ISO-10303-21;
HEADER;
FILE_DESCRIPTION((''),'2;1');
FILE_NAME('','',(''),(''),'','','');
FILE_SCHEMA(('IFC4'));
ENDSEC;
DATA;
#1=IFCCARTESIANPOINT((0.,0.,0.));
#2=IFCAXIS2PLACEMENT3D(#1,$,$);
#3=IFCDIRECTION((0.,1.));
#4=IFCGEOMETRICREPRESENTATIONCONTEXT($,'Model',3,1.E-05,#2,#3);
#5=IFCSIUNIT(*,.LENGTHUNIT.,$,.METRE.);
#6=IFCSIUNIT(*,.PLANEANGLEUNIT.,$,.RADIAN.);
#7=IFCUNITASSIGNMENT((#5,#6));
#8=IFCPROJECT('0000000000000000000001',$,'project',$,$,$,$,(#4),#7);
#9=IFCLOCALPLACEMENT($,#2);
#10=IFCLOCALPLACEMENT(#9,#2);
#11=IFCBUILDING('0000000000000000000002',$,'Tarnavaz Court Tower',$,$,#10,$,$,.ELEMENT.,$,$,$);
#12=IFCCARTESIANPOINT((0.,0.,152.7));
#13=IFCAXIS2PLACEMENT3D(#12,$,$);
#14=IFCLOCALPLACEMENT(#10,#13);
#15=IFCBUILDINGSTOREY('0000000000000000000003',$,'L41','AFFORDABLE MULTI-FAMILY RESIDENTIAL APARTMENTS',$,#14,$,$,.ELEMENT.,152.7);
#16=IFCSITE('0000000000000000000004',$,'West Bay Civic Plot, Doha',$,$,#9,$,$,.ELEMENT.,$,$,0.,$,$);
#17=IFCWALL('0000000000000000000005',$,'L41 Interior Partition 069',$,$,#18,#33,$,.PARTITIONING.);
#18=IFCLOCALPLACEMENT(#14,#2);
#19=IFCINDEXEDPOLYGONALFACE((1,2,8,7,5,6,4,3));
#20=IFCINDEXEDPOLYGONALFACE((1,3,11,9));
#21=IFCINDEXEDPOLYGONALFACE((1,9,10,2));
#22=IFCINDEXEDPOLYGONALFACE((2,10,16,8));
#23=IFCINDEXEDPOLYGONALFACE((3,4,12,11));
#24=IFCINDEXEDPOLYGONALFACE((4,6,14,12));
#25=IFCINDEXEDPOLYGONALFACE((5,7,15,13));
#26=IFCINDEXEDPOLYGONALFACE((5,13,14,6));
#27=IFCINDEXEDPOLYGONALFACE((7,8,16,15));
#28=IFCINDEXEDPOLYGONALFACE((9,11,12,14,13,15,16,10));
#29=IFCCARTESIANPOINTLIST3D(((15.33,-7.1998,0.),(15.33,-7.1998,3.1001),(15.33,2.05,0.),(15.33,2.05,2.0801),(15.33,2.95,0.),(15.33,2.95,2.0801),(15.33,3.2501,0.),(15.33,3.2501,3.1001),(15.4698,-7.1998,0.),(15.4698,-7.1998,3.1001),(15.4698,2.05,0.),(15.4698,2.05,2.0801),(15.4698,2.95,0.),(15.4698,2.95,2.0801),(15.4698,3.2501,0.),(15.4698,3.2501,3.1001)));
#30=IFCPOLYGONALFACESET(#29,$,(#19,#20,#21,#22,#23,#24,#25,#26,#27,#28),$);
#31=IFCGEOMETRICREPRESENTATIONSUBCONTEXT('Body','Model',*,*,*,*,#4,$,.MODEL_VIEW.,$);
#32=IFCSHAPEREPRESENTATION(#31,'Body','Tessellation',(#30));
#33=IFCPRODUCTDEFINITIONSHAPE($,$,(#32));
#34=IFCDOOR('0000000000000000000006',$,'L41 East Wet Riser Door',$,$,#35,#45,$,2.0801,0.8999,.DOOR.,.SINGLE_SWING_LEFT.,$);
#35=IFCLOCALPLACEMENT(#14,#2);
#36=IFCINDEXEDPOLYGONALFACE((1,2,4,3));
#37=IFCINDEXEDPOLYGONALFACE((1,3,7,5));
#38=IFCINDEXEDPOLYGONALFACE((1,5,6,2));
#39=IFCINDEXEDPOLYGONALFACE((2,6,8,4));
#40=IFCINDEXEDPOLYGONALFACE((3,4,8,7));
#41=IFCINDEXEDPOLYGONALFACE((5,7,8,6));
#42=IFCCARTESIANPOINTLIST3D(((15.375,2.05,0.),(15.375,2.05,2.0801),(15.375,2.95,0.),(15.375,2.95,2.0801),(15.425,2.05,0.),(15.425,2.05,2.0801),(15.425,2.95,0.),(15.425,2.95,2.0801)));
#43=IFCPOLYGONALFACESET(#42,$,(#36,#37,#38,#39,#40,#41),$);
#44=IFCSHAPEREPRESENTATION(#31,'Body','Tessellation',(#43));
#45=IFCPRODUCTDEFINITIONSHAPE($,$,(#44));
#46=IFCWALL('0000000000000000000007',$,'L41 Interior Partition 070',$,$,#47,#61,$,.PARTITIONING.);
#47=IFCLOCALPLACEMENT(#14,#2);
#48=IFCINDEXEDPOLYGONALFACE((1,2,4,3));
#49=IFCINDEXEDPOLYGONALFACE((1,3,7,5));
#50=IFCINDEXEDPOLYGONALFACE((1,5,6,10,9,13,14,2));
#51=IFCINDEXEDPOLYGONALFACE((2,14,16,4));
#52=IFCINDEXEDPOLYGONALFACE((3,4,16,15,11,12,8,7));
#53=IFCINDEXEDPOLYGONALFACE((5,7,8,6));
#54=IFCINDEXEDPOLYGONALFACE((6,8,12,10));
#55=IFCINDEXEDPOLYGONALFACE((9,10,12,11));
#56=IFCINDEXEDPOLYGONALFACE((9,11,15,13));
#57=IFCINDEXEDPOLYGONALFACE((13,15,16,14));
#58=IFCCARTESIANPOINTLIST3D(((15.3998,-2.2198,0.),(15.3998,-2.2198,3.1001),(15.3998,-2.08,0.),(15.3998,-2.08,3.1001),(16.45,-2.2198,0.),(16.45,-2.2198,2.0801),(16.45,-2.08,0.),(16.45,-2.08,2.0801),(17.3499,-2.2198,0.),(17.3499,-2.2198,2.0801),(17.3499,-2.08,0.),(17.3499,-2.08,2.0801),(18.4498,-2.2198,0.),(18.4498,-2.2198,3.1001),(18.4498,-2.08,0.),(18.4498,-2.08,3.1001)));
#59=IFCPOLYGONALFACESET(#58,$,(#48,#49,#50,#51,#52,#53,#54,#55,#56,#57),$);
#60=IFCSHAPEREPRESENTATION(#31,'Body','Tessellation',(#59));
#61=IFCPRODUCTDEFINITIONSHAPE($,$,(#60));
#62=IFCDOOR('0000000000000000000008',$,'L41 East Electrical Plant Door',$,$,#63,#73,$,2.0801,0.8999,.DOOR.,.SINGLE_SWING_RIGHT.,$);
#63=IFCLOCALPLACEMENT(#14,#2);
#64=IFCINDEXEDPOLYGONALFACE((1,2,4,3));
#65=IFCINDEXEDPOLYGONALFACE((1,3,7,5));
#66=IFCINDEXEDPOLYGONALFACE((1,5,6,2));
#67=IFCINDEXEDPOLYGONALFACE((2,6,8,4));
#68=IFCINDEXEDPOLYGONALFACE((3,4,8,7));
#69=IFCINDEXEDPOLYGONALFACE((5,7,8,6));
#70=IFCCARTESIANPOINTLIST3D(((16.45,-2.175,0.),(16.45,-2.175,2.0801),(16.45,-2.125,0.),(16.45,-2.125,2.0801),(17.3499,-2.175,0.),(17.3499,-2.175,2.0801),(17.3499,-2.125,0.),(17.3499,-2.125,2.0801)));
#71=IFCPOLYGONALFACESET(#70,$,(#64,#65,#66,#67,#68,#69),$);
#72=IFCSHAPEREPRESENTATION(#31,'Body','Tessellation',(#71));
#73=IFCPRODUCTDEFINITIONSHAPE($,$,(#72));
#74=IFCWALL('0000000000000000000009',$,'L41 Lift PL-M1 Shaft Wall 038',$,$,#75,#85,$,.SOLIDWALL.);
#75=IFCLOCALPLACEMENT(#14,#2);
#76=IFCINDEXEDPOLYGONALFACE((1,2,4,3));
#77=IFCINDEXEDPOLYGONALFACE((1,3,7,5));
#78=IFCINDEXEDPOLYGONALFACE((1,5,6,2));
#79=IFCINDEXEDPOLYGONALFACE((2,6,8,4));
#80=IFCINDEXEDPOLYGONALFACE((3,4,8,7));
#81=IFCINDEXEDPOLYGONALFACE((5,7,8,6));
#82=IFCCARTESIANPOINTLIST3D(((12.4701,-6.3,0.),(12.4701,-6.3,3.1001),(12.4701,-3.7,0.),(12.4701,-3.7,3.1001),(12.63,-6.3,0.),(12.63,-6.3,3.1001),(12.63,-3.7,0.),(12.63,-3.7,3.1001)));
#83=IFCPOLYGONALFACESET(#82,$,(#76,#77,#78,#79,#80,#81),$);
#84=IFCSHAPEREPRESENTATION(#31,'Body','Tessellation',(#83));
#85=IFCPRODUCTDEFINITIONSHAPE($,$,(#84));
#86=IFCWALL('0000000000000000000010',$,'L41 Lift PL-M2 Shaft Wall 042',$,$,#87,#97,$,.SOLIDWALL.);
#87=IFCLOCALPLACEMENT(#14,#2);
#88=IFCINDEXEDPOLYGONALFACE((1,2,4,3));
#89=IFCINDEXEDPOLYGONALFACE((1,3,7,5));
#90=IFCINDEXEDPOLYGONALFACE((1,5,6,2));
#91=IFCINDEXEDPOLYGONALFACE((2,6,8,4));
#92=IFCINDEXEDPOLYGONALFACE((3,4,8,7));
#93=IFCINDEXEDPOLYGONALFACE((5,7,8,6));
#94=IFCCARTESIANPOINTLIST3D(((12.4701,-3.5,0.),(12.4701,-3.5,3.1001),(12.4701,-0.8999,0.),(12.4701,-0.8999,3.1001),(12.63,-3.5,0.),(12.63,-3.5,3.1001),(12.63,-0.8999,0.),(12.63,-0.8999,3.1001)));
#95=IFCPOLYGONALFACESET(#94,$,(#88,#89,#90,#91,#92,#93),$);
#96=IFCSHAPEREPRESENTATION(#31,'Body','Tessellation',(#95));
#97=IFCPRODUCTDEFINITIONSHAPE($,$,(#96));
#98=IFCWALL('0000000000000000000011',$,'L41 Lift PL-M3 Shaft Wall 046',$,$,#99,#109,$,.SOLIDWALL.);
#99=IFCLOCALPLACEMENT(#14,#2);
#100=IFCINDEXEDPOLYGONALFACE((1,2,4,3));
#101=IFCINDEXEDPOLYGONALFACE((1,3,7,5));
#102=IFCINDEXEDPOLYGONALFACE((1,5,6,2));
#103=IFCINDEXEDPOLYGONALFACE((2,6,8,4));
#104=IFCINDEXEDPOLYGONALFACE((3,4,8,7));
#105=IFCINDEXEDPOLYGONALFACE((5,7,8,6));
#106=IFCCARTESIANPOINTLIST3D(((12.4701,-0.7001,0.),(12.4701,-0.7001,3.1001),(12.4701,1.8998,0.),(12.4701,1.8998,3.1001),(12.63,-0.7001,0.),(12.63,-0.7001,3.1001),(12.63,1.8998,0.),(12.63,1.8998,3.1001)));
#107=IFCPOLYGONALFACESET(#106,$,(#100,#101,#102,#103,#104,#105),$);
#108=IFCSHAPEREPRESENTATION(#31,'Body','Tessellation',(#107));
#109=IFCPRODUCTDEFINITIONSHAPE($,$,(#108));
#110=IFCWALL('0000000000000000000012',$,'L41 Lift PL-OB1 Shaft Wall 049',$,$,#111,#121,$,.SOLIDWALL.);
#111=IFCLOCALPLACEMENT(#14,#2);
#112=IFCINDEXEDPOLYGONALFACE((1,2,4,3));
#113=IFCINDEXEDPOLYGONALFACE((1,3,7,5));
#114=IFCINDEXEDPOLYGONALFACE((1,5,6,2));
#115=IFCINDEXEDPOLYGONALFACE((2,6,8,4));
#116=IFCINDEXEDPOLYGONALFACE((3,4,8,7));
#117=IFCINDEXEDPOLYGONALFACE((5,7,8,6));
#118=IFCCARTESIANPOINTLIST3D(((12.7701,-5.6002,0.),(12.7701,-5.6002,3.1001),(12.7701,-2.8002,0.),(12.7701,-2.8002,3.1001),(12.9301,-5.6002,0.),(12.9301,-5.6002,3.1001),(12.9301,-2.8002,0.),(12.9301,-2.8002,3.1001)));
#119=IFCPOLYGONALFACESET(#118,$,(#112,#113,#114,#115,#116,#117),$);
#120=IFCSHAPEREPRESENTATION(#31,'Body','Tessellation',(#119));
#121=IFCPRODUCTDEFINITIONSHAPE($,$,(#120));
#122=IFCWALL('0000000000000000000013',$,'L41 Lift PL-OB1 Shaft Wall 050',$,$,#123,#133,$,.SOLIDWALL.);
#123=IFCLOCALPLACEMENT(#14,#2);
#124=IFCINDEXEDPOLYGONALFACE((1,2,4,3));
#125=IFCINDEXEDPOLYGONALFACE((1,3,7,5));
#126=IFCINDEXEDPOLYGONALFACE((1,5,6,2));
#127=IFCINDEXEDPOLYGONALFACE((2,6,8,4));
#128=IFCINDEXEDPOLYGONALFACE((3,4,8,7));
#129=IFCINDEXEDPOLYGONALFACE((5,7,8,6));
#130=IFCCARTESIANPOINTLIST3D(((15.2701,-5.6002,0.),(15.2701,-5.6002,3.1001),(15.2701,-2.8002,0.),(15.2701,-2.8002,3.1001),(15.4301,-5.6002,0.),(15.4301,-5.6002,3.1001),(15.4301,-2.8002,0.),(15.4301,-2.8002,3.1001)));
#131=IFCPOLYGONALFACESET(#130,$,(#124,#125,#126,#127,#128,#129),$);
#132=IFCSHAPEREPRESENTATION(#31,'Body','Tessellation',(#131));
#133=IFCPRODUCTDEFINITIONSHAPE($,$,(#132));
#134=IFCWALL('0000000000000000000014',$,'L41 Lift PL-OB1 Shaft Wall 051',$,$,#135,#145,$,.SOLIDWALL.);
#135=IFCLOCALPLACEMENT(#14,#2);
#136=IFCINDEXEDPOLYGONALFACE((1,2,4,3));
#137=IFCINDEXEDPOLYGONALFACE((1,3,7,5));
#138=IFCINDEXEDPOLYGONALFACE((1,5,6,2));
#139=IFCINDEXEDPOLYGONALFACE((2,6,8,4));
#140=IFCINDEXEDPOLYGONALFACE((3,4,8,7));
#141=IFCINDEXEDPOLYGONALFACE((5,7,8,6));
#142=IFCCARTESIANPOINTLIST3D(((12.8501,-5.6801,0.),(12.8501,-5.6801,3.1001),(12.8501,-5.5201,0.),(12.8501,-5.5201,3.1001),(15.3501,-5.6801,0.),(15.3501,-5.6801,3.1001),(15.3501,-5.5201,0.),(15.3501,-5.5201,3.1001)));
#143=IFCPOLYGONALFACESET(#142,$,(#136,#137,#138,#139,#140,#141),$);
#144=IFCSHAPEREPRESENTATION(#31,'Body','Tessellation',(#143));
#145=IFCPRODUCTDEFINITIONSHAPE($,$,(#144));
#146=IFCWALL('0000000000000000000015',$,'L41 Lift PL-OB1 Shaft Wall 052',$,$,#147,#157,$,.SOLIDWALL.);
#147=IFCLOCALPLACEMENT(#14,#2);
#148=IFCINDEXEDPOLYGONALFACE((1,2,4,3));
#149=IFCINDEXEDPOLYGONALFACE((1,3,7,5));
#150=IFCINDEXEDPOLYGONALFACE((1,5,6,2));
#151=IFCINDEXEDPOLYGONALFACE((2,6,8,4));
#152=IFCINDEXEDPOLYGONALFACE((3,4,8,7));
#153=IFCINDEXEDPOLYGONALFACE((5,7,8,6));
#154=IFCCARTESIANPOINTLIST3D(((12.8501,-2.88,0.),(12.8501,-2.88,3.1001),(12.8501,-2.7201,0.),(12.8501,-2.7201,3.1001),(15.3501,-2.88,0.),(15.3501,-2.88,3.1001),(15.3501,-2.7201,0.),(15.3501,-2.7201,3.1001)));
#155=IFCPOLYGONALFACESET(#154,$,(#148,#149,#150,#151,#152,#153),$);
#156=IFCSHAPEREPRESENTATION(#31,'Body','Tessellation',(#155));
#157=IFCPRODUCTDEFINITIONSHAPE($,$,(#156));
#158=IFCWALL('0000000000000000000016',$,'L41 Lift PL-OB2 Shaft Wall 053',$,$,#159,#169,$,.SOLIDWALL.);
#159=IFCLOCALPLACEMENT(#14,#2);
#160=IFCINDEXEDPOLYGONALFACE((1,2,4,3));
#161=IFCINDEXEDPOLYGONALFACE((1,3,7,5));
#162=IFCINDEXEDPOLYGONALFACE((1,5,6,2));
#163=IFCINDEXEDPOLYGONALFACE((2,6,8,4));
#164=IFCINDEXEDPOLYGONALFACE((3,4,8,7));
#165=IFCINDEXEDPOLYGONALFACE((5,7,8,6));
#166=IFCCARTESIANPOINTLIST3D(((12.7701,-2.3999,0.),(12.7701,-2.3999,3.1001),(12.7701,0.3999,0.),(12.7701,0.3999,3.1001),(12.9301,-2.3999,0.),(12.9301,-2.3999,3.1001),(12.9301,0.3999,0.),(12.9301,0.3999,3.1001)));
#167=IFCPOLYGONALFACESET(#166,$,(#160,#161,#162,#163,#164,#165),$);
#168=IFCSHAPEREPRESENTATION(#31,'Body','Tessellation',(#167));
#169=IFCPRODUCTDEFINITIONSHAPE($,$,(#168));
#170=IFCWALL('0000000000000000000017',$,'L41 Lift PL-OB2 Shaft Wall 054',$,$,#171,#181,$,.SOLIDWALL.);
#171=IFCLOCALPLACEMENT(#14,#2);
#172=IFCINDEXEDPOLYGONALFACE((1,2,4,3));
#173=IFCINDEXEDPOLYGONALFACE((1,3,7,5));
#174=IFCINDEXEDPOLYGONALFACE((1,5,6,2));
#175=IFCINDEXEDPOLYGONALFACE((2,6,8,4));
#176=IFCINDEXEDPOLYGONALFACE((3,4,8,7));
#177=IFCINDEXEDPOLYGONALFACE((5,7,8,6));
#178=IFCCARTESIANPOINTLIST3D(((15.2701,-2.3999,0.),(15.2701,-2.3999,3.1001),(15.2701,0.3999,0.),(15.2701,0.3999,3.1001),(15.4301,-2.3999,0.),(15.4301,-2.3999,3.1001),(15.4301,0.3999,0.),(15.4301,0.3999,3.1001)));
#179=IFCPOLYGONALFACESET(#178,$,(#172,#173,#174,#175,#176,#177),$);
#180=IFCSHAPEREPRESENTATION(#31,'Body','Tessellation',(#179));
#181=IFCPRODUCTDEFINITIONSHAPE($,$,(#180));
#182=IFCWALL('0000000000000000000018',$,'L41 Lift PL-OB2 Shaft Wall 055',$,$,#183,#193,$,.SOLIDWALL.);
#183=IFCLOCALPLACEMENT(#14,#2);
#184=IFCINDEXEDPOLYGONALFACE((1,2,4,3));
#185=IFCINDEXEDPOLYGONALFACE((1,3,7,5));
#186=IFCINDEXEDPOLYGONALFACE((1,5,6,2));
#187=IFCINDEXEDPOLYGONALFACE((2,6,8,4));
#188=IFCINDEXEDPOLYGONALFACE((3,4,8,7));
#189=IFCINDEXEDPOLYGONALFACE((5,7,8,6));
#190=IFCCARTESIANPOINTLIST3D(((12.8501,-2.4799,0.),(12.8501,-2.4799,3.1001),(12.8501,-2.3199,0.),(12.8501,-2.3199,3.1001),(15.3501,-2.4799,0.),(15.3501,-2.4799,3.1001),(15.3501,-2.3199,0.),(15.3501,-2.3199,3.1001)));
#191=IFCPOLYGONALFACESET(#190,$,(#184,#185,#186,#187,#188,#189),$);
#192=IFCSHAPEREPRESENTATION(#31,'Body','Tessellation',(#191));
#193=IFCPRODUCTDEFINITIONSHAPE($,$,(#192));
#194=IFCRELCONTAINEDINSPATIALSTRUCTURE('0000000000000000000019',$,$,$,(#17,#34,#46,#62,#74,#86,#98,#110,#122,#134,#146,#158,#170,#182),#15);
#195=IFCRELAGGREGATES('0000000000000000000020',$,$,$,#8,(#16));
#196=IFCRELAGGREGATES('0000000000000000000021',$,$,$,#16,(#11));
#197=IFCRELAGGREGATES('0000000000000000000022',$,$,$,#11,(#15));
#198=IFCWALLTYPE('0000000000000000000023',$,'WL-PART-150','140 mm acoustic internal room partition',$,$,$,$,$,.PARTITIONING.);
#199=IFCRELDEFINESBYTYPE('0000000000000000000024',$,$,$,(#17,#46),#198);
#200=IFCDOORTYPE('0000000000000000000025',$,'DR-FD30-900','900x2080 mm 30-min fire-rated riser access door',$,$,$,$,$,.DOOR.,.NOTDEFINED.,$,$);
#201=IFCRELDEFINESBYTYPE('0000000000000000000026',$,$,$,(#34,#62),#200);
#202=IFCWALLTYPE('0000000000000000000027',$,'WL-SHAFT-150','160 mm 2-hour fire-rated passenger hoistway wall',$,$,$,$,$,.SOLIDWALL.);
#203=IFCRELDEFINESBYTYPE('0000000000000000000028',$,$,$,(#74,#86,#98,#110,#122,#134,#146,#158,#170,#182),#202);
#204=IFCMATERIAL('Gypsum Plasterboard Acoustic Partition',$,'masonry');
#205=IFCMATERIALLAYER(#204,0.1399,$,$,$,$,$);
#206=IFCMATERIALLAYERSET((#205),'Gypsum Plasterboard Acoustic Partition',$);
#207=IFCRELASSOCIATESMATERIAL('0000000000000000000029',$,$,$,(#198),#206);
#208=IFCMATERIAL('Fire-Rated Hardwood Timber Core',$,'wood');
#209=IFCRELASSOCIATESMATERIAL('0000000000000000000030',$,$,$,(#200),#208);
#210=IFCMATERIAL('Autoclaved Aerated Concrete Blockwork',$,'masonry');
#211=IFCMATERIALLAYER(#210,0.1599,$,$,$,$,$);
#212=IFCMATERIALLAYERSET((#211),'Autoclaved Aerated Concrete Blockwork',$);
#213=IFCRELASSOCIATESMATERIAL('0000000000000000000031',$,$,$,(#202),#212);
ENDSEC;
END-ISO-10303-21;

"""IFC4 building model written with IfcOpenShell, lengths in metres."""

from ifc_helpers import new_model, si_unit, direction, frame, frame_2d, origin, place, context, subcontext, project, spatial, rectangle, extrude, material, layer, layer_set, type_object, element, fill, save


model = new_model("IFC4")

# Units and contexts
model_context = context("Model", 3, precision=1e-05, world=origin(), true_north=direction((0.0, 1.0)))
body_context = subcontext(model_context, "Body", "Model", "MODEL_VIEW")
ifc_project = project(units=[si_unit("LENGTHUNIT", "METRE"), si_unit("PLANEANGLEUNIT", "RADIAN")], contexts=[model_context])

# Site, building, storey
site_placement = place(None, origin())
site = spatial("IfcSite", under=ifc_project, at=site_placement, Name="West Bay Civic Plot, Doha", CompositionType="ELEMENT", RefElevation=0.0)
building_placement = place(site_placement, origin())
building = spatial("IfcBuilding", under=site, at=building_placement, Name="Tarnavaz Court Tower", CompositionType="ELEMENT")
storey_placement = place(building_placement, frame((0.0, 0.0, 152.7)))
storey = spatial("IfcBuildingStorey", under=building, at=storey_placement, Name="L41", Description="AFFORDABLE MULTI-FAMILY RESIDENTIAL APARTMENTS", CompositionType="ELEMENT", Elevation=152.7)

# Walls, openings, doors
ifc_material_1 = material(Name="Gypsum Plasterboard Acoustic Partition", Category="masonry")
ifc_layer_1 = layer(ifc_material_1, 0.1399)
ifc_layer_set_1 = layer_set([ifc_layer_1], Name="Gypsum Plasterboard Acoustic Partition")
wall_type_1 = type_object("IfcWallType", Name="WL-PART-150", Description="140 mm acoustic internal room partition", PredefinedType="PARTITIONING", material=ifc_layer_set_1)
wall_1_placement = place(storey_placement, frame((15.3999, -7.2, 0.0), z_axis=(0.0, 0.0, 1.0), x_axis=(0.0, 1.0, 0.0)))
wall_1 = element("IfcWall", 1, at=wall_1_placement, inside=storey, type_object=wall_type_1, Name="L41 Interior Partition 069", PredefinedType="PARTITIONING", context=body_context, shape_type="SweptSolid", body=[
    extrude(rectangle(XDim=10.45, YDim=0.1399, at=frame_2d((5.2251, 0.0))), origin(), (0.0, 0.0, 1.0), 3.1001),
])
opening_1_placement = place(wall_1_placement, frame((9.25, 0.0, 0.0)))
opening_1 = element("IfcOpeningElement", 2, at=opening_1_placement, cuts=wall_1, PredefinedType="OPENING", context=body_context, shape_type="SweptSolid", body=[
    extrude(rectangle(XDim=0.8999, YDim=2.0801, at=frame_2d((0.45, 1.04))), frame((0.0, 0.0798, 0.0), z_axis=(0.0, -1.0, 0.0), x_axis=(1.0, 0.0, 0.0)), (0.0, 0.0, 1.0), 0.1599),
])
ifc_material_2 = material(Name="Fire-Rated Hardwood Timber Core", Category="wood")
door_type = type_object("IfcDoorType", Name="DR-FD30-900", Description="900x2080 mm 30-min fire-rated riser access door", OperationType="NOTDEFINED", PredefinedType="DOOR", material=ifc_material_2)
door_1_placement = place(opening_1_placement, origin())
door_1 = element("IfcDoor", 3, at=door_1_placement, inside=storey, type_object=door_type, Name="L41 East Wet Riser Door", OperationType="SINGLE_SWING_LEFT", OverallHeight=2.0801, OverallWidth=0.8999, PredefinedType="DOOR", context=body_context, shape_type="SweptSolid", body=[
    extrude(rectangle(XDim=0.8999, YDim=2.0801, at=frame_2d((0.45, 1.04))), frame((0.0, 0.0249, 0.0), z_axis=(0.0, -1.0, 0.0), x_axis=(1.0, 0.0, 0.0)), (0.0, 0.0, 1.0), 0.05),
])
fill(opening_1, door_1)
wall_2_placement = place(storey_placement, frame((15.3999, -2.1499, 0.0), z_axis=(0.0, 0.0, 1.0), x_axis=(1.0, 0.0, 0.0)))
wall_2 = element("IfcWall", 4, at=wall_2_placement, inside=storey, type_object=wall_type_1, Name="L41 Interior Partition 070", PredefinedType="PARTITIONING", context=body_context, shape_type="SweptSolid", body=[
    extrude(rectangle(XDim=3.05, YDim=0.1399, at=frame_2d((1.5249, 0.0))), origin(), (0.0, 0.0, 1.0), 3.1001),
])
opening_2_placement = place(wall_2_placement, frame((1.05, 0.0, 0.0)))
opening_2 = element("IfcOpeningElement", 5, at=opening_2_placement, cuts=wall_2, PredefinedType="OPENING", context=body_context, shape_type="SweptSolid", body=[
    extrude(rectangle(XDim=0.8999, YDim=2.0801, at=frame_2d((0.45, 1.04))), frame((0.0, 0.0798, 0.0), z_axis=(0.0, -1.0, 0.0), x_axis=(1.0, 0.0, 0.0)), (0.0, 0.0, 1.0), 0.1599),
])
door_2_placement = place(opening_2_placement, origin())
door_2 = element("IfcDoor", 6, at=door_2_placement, inside=storey, type_object=door_type, Name="L41 East Electrical Plant Door", OperationType="SINGLE_SWING_RIGHT", OverallHeight=2.0801, OverallWidth=0.8999, PredefinedType="DOOR", context=body_context, shape_type="SweptSolid", body=[
    extrude(rectangle(XDim=0.8999, YDim=2.0801, at=frame_2d((0.45, 1.04))), frame((0.0, 0.0249, 0.0), z_axis=(0.0, -1.0, 0.0), x_axis=(1.0, 0.0, 0.0)), (0.0, 0.0, 1.0), 0.05),
])
fill(opening_2, door_2)

# Walls
ifc_material_3 = material(Name="Autoclaved Aerated Concrete Blockwork", Category="masonry")
ifc_layer_2 = layer(ifc_material_3, 0.1599)
ifc_layer_set_2 = layer_set([ifc_layer_2], Name="Autoclaved Aerated Concrete Blockwork")
wall_type_2 = type_object("IfcWallType", Name="WL-SHAFT-150", Description="160 mm 2-hour fire-rated passenger hoistway wall", PredefinedType="SOLIDWALL", material=ifc_layer_set_2)
for number, where, z_axis, x_axis, name in (
    (7, (12.55, -6.3, 0.0), (0.0, 0.0, 1.0), (0.0, 1.0, 0.0), "L41 Lift PL-M1 Shaft Wall 038"),
    (8, (12.55, -3.5, 0.0), (0.0, 0.0, 1.0), (0.0, 1.0, 0.0), "L41 Lift PL-M2 Shaft Wall 042"),
):
    element("IfcWall", number, at=place(storey_placement, frame(where, z_axis=z_axis, x_axis=x_axis)), inside=storey, type_object=wall_type_2, Name=name, PredefinedType="SOLIDWALL", context=body_context, shape_type="SweptSolid", body=[
        extrude(rectangle(XDim=2.6001, YDim=0.1599, at=frame_2d((1.3, 0.0))), origin(), (0.0, 0.0, 1.0), 3.1001),
    ])
wall_3_placement = place(storey_placement, frame((12.55, -0.7, 0.0), z_axis=(0.0, 0.0, 1.0), x_axis=(0.0, 1.0, 0.0)))
element("IfcWall", 9, at=wall_3_placement, inside=storey, type_object=wall_type_2, Name="L41 Lift PL-M3 Shaft Wall 046", PredefinedType="SOLIDWALL", context=body_context, shape_type="SweptSolid", body=[
    extrude(rectangle(XDim=2.5999, YDim=0.1599, at=frame_2d((1.2998, 0.0))), origin(), (0.0, 0.0, 1.0), 3.1001),
])
for number, where, z_axis, x_axis, name in (
    (10, (12.8501, -5.6001, 0.0), (0.0, 0.0, 1.0), (0.0, 1.0, 0.0), "L41 Lift PL-OB1 Shaft Wall 049"),
    (11, (15.3501, -5.6001, 0.0), (0.0, 0.0, 1.0), (0.0, 1.0, 0.0), "L41 Lift PL-OB1 Shaft Wall 050"),
):
    element("IfcWall", number, at=place(storey_placement, frame(where, z_axis=z_axis, x_axis=x_axis)), inside=storey, type_object=wall_type_2, Name=name, PredefinedType="SOLIDWALL", context=body_context, shape_type="SweptSolid", body=[
        extrude(rectangle(XDim=2.8, YDim=0.1599, at=frame_2d((1.3999, 0.0))), origin(), (0.0, 0.0, 1.0), 3.1001),
    ])
for number, where, z_axis, x_axis, name in (
    (12, (12.8501, -5.6001, 0.0), (0.0, 0.0, 1.0), (1.0, 0.0, 0.0), "L41 Lift PL-OB1 Shaft Wall 051"),
    (13, (12.8501, -2.8, 0.0), (0.0, 0.0, 1.0), (1.0, 0.0, 0.0), "L41 Lift PL-OB1 Shaft Wall 052"),
):
    element("IfcWall", number, at=place(storey_placement, frame(where, z_axis=z_axis, x_axis=x_axis)), inside=storey, type_object=wall_type_2, Name=name, PredefinedType="SOLIDWALL", context=body_context, shape_type="SweptSolid", body=[
        extrude(rectangle(XDim=2.5, YDim=0.1599, at=frame_2d((1.25, 0.0))), origin(), (0.0, 0.0, 1.0), 3.1001),
    ])
for number, where, z_axis, x_axis, name in (
    (14, (12.8501, -2.3999, 0.0), (0.0, 0.0, 1.0), (0.0, 1.0, 0.0), "L41 Lift PL-OB2 Shaft Wall 053"),
    (15, (15.3501, -2.3999, 0.0), (0.0, 0.0, 1.0), (0.0, 1.0, 0.0), "L41 Lift PL-OB2 Shaft Wall 054"),
):
    element("IfcWall", number, at=place(storey_placement, frame(where, z_axis=z_axis, x_axis=x_axis)), inside=storey, type_object=wall_type_2, Name=name, PredefinedType="SOLIDWALL", context=body_context, shape_type="SweptSolid", body=[
        extrude(rectangle(XDim=2.7998, YDim=0.1599, at=frame_2d((1.3999, 0.0))), origin(), (0.0, 0.0, 1.0), 3.1001),
    ])
wall_4_placement = place(storey_placement, frame((12.8501, -2.3999, 0.0), z_axis=(0.0, 0.0, 1.0), x_axis=(1.0, 0.0, 0.0)))
element("IfcWall", 16, at=wall_4_placement, inside=storey, type_object=wall_type_2, Name="L41 Lift PL-OB2 Shaft Wall 055", PredefinedType="SOLIDWALL", context=body_context, shape_type="SweptSolid", body=[
    extrude(rectangle(XDim=2.5, YDim=0.1599, at=frame_2d((1.25, 0.0))), origin(), (0.0, 0.0, 1.0), 3.1001),
])

save(model, "model.ifc")
